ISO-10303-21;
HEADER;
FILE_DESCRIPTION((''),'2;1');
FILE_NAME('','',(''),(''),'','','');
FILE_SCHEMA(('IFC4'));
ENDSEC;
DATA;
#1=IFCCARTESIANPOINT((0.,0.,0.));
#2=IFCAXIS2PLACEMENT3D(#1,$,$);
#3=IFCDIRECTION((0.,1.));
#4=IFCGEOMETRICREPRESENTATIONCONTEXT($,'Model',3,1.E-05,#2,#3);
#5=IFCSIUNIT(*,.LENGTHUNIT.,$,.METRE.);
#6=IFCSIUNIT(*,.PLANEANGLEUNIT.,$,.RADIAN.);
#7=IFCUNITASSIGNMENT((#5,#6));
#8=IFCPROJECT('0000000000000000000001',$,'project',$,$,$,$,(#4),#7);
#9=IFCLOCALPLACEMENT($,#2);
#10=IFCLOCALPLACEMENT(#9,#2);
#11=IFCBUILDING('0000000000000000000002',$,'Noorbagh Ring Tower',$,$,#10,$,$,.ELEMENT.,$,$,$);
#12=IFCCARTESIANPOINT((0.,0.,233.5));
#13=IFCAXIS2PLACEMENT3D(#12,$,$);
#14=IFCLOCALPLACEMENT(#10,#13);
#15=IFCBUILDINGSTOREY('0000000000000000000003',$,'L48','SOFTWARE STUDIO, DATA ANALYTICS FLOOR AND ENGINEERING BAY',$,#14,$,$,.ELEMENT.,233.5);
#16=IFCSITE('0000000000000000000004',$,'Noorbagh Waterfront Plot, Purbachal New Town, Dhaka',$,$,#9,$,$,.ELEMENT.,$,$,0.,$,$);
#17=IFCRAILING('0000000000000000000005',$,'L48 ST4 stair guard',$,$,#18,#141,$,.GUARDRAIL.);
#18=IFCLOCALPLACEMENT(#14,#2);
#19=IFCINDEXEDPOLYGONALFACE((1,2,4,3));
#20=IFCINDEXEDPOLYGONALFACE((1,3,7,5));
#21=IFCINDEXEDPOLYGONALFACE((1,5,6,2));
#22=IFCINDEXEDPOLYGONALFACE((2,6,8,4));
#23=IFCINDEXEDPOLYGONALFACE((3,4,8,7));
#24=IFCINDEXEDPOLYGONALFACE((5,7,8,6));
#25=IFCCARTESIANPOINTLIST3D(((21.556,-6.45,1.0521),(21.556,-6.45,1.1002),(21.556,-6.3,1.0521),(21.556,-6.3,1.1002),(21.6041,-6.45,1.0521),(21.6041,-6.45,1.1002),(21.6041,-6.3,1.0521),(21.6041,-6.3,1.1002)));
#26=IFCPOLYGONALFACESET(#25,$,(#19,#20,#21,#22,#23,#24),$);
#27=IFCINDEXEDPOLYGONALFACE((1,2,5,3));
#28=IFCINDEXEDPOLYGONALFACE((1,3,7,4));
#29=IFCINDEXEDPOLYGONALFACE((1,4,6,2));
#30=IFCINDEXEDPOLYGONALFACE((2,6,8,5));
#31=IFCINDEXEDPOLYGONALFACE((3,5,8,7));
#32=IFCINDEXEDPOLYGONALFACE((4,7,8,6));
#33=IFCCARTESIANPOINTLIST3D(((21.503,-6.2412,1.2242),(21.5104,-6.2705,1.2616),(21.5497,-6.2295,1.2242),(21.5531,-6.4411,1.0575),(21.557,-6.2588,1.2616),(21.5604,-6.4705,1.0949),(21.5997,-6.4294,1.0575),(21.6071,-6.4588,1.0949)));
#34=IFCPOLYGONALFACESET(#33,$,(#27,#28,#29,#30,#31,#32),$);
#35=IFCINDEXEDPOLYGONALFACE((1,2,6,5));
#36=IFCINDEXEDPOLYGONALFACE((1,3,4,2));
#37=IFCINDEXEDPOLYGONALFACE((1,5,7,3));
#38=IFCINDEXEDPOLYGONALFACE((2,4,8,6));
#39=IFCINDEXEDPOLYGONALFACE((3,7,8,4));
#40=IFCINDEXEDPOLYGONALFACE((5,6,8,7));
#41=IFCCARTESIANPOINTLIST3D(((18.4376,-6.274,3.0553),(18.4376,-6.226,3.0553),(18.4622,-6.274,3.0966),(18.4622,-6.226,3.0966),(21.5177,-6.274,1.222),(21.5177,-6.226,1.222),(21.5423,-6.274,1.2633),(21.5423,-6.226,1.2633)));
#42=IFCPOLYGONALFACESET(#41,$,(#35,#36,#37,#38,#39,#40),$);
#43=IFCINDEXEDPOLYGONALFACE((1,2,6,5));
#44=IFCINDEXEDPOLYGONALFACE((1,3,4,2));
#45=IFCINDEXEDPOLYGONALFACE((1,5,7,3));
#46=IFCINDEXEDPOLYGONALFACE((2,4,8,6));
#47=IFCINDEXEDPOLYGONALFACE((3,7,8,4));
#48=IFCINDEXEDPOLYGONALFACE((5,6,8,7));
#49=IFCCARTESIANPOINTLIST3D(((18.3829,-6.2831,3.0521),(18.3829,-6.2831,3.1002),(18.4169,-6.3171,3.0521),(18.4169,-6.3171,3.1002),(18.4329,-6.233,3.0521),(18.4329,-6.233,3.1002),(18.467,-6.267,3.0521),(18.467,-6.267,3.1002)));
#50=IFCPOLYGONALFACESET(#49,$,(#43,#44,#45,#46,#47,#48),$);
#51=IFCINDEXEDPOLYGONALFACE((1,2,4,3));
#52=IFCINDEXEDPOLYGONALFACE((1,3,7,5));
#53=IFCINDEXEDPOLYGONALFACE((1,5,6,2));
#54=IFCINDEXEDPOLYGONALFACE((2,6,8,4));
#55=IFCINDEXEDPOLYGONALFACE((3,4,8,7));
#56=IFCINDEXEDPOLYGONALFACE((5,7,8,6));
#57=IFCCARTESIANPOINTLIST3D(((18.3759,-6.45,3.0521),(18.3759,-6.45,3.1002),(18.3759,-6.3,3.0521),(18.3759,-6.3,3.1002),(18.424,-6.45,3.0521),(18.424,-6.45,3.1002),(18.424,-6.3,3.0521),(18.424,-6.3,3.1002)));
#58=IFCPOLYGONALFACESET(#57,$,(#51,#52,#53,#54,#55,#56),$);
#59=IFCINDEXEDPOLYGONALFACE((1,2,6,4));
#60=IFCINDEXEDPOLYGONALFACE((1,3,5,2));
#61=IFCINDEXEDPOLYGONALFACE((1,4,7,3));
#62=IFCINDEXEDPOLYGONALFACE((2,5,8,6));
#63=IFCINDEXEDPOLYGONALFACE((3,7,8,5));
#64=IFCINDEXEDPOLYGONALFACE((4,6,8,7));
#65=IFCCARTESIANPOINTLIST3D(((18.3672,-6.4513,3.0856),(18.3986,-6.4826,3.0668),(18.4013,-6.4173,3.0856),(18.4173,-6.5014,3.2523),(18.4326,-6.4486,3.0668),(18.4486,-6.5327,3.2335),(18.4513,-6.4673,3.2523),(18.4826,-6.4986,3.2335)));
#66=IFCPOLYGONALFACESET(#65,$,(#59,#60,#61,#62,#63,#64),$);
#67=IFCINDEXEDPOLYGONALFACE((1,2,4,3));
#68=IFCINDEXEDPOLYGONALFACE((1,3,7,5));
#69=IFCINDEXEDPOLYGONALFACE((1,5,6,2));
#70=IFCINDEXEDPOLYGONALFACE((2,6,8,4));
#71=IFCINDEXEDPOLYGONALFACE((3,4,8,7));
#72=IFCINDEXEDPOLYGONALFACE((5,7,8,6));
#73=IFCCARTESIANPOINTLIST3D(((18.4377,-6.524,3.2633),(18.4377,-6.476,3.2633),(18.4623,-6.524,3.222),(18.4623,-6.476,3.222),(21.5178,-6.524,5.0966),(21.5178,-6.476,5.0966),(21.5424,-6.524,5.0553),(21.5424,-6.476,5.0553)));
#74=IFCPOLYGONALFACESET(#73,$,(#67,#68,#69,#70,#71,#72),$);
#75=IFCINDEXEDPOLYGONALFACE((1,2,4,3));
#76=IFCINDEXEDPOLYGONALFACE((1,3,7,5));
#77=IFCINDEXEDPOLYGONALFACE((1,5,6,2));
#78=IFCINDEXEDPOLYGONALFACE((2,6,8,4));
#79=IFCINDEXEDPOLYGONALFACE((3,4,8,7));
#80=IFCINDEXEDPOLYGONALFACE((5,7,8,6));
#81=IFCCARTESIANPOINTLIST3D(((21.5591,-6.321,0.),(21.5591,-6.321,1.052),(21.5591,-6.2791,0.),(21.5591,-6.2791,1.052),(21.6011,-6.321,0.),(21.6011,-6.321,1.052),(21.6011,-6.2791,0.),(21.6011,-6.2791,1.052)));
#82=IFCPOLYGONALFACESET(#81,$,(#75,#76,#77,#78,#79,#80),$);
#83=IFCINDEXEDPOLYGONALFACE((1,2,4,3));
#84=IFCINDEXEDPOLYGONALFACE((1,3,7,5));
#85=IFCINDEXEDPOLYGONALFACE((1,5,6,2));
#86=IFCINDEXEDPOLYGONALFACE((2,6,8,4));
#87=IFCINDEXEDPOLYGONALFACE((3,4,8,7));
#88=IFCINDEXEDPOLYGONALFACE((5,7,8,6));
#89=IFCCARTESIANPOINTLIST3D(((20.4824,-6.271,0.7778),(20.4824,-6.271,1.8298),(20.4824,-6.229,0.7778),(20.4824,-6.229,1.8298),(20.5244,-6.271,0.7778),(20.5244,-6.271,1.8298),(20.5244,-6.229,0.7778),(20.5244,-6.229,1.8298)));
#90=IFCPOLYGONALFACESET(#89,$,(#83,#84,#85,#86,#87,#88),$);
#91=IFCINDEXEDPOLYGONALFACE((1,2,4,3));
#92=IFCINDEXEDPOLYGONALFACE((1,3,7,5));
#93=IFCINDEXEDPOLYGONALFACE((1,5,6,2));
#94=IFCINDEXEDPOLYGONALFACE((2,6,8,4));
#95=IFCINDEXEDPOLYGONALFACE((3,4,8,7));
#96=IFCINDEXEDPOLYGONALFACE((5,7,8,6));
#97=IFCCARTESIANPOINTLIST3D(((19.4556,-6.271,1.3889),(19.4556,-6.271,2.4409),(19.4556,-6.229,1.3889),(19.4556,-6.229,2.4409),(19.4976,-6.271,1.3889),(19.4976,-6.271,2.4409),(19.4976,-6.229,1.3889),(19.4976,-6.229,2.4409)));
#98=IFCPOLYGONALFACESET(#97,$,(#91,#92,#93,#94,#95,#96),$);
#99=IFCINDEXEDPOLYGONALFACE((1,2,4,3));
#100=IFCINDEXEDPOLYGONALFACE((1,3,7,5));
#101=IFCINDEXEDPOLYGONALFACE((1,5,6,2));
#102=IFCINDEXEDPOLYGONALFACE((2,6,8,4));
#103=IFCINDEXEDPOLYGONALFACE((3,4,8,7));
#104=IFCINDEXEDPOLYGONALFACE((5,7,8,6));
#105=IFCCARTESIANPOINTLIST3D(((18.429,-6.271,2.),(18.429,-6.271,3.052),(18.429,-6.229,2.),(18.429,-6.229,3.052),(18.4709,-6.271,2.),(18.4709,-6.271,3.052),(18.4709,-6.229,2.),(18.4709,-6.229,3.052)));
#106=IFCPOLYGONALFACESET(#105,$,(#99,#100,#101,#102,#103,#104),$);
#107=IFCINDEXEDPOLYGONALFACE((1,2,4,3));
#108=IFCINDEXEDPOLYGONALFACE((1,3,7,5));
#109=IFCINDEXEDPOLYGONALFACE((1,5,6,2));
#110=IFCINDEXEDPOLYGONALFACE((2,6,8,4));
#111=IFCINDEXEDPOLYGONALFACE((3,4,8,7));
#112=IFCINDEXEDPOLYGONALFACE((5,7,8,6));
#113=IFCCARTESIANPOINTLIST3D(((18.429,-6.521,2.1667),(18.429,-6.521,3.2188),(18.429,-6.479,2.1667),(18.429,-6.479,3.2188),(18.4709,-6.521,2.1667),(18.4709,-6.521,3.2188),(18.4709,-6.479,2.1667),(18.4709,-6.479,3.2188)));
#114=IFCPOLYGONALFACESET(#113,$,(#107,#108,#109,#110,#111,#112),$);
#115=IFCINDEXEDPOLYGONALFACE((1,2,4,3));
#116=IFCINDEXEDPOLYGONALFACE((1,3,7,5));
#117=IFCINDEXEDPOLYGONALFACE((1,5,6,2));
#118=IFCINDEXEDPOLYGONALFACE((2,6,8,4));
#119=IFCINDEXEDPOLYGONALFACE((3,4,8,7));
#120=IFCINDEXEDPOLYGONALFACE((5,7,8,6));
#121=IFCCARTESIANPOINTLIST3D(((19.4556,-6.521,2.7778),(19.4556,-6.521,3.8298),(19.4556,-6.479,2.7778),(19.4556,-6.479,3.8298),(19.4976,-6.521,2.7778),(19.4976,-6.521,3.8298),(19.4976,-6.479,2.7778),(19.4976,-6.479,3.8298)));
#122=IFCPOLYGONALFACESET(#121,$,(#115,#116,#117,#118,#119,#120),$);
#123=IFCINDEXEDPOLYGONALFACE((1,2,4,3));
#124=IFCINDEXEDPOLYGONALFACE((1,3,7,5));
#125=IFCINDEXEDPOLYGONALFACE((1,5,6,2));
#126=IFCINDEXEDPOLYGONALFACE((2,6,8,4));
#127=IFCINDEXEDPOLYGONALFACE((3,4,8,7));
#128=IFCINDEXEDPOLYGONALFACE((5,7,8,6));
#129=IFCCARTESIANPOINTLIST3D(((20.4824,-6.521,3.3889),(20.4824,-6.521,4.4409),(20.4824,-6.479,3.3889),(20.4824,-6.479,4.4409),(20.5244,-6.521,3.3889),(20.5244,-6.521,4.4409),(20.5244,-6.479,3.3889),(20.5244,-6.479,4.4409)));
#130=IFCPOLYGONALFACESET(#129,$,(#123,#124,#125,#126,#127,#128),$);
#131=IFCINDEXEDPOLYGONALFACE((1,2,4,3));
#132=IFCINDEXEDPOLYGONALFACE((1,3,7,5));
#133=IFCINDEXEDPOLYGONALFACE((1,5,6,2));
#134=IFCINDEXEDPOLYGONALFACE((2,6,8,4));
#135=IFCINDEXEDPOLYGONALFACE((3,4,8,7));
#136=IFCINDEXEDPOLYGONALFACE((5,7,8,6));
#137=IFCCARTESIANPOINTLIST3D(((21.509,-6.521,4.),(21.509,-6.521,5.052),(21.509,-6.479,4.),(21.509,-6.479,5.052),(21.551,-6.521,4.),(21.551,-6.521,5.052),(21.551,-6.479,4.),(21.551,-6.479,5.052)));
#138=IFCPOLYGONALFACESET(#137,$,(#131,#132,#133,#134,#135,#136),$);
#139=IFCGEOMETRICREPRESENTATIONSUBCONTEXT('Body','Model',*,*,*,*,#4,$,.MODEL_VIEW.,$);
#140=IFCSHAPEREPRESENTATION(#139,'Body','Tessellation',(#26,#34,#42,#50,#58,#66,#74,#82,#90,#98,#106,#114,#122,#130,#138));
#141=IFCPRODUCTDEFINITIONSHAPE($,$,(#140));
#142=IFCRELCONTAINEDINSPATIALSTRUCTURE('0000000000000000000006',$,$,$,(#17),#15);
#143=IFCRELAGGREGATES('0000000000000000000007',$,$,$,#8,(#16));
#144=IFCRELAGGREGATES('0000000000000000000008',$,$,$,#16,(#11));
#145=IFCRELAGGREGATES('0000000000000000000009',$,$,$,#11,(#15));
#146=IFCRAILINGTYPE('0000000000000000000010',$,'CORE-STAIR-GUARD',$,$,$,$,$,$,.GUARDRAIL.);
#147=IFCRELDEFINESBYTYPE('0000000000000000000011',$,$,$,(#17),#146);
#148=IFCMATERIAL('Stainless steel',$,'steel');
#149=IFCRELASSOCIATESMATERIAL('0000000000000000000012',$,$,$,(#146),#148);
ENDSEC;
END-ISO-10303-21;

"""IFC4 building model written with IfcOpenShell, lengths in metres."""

from ifc_helpers import new_model, si_unit, direction, frame, origin, origin_2d, place, context, subcontext, project, spatial, rectangle, extrude, material, type_object, element, save


model = new_model("IFC4")

# Units and contexts
model_context = context("Model", 3, precision=1e-05, world=origin(), true_north=direction((0.0, 1.0)))
body_context = subcontext(model_context, "Body", "Model", "MODEL_VIEW")
ifc_project = project(units=[si_unit("LENGTHUNIT", "METRE"), si_unit("PLANEANGLEUNIT", "RADIAN")], contexts=[model_context])

# Site, building, storey
site_placement = place(None, origin())
site = spatial("IfcSite", under=ifc_project, at=site_placement, Name="Noorbagh Waterfront Plot, Purbachal New Town, Dhaka", CompositionType="ELEMENT", RefElevation=0.0)
building_placement = place(site_placement, origin())
building = spatial("IfcBuilding", under=site, at=building_placement, Name="Noorbagh Ring Tower", CompositionType="ELEMENT")
storey_placement = place(building_placement, frame((0.0, 0.0, 233.5)))
storey = spatial("IfcBuildingStorey", under=building, at=storey_placement, Name="L48", Description="SOFTWARE STUDIO, DATA ANALYTICS FLOOR AND ENGINEERING BAY", CompositionType="ELEMENT", Elevation=233.5)

# Railing
ifc_material_1 = material(Name="Stainless steel", Category="steel")
railing_type_1 = type_object("IfcRailingType", Name="CORE-STAIR-GUARD", PredefinedType="GUARDRAIL", material=ifc_material_1)
railing_1_placement = place(storey_placement, frame((21.5801, -6.3, 0.0)))
element("IfcRailing", 1, at=railing_1_placement, inside=storey, type_object=railing_type_1, Name="L48 ST4 stair guard", PredefinedType="GUARDRAIL", context=body_context, shape_type="SweptSolid", body=[
    extrude(rectangle(XDim=0.0481, YDim=0.0481, at=origin_2d()), frame((0.0, 0.0, 1.0762), z_axis=(0.0, -1.0, 0.0), x_axis=(1.0, 0.0, 0.0)), (0.0, 0.0, 1.0), 0.1499),
    extrude(rectangle(XDim=0.0481, YDim=0.0481, at=origin_2d()), frame((0.0, -0.1499, 1.0762), z_axis=(-0.188776, 0.754182, 0.628946), x_axis=(-0.970073, -0.242814, 0.0)), (0.0, 0.0, 1.0), 0.2651),
    extrude(rectangle(XDim=0.0481, YDim=0.0481, at=origin_2d()), frame((-0.05, 0.05, 1.2427), z_axis=(-0.859309, 0.0, 0.511458), x_axis=(0.0, -1.0, 0.0)), (0.0, 0.0, 1.0), 3.5845),
    extrude(rectangle(XDim=0.0481, YDim=0.0481, at=origin_2d()), frame((-3.1301, 0.05, 3.0762), z_axis=(-0.707107, -0.707107, 0.0), x_axis=(0.707107, -0.707107, 0.0)), (0.0, 0.0, 1.0), 0.0708),
    extrude(rectangle(XDim=0.0481, YDim=0.0481, at=origin_2d()), frame((-3.1802, 0.0, 3.0762), z_axis=(0.0, -1.0, 0.0), x_axis=(1.0, 0.0, 0.0)), (0.0, 0.0, 1.0), 0.1499),
    extrude(rectangle(XDim=0.0481, YDim=0.0481, at=origin_2d()), frame((-3.1802, -0.1499, 3.0762), z_axis=(0.276287, -0.276287, 0.920506), x_axis=(0.707107, 0.707107, 0.0)), (0.0, 0.0, 1.0), 0.1812),
    extrude(rectangle(XDim=0.0481, YDim=0.0481, at=origin_2d()), frame((-3.1301, -0.2, 3.2427), z_axis=(0.859309, 0.0, 0.511458), x_axis=(0.0, 1.0, 0.0)), (0.0, 0.0, 1.0), 3.5845),
    extrude(rectangle(XDim=0.042, YDim=0.042, at=origin_2d()), origin(), (0.0, 0.0, 1.0), 1.052),
    extrude(rectangle(XDim=0.042, YDim=0.042, at=origin_2d()), frame((-1.0767, 0.05, 0.7778)), (0.0, 0.0, 1.0), 1.052),
    extrude(rectangle(XDim=0.042, YDim=0.042, at=origin_2d()), frame((-2.1035, 0.05, 1.3889)), (0.0, 0.0, 1.0), 1.052),
    extrude(rectangle(XDim=0.042, YDim=0.042, at=origin_2d()), frame((-3.1301, 0.05, 2.0)), (0.0, 0.0, 1.0), 1.052),
    extrude(rectangle(XDim=0.042, YDim=0.042, at=origin_2d()), frame((-3.1301, -0.2, 2.1667)), (0.0, 0.0, 1.0), 1.052),
    extrude(rectangle(XDim=0.042, YDim=0.042, at=origin_2d()), frame((-2.1035, -0.2, 2.7778)), (0.0, 0.0, 1.0), 1.052),
    extrude(rectangle(XDim=0.042, YDim=0.042, at=origin_2d()), frame((-1.0767, -0.2, 3.3889)), (0.0, 0.0, 1.0), 1.052),
    extrude(rectangle(XDim=0.042, YDim=0.042, at=origin_2d()), frame((-0.05, -0.2, 4.0)), (0.0, 0.0, 1.0), 1.052),
])

save(model, "model.ifc")
